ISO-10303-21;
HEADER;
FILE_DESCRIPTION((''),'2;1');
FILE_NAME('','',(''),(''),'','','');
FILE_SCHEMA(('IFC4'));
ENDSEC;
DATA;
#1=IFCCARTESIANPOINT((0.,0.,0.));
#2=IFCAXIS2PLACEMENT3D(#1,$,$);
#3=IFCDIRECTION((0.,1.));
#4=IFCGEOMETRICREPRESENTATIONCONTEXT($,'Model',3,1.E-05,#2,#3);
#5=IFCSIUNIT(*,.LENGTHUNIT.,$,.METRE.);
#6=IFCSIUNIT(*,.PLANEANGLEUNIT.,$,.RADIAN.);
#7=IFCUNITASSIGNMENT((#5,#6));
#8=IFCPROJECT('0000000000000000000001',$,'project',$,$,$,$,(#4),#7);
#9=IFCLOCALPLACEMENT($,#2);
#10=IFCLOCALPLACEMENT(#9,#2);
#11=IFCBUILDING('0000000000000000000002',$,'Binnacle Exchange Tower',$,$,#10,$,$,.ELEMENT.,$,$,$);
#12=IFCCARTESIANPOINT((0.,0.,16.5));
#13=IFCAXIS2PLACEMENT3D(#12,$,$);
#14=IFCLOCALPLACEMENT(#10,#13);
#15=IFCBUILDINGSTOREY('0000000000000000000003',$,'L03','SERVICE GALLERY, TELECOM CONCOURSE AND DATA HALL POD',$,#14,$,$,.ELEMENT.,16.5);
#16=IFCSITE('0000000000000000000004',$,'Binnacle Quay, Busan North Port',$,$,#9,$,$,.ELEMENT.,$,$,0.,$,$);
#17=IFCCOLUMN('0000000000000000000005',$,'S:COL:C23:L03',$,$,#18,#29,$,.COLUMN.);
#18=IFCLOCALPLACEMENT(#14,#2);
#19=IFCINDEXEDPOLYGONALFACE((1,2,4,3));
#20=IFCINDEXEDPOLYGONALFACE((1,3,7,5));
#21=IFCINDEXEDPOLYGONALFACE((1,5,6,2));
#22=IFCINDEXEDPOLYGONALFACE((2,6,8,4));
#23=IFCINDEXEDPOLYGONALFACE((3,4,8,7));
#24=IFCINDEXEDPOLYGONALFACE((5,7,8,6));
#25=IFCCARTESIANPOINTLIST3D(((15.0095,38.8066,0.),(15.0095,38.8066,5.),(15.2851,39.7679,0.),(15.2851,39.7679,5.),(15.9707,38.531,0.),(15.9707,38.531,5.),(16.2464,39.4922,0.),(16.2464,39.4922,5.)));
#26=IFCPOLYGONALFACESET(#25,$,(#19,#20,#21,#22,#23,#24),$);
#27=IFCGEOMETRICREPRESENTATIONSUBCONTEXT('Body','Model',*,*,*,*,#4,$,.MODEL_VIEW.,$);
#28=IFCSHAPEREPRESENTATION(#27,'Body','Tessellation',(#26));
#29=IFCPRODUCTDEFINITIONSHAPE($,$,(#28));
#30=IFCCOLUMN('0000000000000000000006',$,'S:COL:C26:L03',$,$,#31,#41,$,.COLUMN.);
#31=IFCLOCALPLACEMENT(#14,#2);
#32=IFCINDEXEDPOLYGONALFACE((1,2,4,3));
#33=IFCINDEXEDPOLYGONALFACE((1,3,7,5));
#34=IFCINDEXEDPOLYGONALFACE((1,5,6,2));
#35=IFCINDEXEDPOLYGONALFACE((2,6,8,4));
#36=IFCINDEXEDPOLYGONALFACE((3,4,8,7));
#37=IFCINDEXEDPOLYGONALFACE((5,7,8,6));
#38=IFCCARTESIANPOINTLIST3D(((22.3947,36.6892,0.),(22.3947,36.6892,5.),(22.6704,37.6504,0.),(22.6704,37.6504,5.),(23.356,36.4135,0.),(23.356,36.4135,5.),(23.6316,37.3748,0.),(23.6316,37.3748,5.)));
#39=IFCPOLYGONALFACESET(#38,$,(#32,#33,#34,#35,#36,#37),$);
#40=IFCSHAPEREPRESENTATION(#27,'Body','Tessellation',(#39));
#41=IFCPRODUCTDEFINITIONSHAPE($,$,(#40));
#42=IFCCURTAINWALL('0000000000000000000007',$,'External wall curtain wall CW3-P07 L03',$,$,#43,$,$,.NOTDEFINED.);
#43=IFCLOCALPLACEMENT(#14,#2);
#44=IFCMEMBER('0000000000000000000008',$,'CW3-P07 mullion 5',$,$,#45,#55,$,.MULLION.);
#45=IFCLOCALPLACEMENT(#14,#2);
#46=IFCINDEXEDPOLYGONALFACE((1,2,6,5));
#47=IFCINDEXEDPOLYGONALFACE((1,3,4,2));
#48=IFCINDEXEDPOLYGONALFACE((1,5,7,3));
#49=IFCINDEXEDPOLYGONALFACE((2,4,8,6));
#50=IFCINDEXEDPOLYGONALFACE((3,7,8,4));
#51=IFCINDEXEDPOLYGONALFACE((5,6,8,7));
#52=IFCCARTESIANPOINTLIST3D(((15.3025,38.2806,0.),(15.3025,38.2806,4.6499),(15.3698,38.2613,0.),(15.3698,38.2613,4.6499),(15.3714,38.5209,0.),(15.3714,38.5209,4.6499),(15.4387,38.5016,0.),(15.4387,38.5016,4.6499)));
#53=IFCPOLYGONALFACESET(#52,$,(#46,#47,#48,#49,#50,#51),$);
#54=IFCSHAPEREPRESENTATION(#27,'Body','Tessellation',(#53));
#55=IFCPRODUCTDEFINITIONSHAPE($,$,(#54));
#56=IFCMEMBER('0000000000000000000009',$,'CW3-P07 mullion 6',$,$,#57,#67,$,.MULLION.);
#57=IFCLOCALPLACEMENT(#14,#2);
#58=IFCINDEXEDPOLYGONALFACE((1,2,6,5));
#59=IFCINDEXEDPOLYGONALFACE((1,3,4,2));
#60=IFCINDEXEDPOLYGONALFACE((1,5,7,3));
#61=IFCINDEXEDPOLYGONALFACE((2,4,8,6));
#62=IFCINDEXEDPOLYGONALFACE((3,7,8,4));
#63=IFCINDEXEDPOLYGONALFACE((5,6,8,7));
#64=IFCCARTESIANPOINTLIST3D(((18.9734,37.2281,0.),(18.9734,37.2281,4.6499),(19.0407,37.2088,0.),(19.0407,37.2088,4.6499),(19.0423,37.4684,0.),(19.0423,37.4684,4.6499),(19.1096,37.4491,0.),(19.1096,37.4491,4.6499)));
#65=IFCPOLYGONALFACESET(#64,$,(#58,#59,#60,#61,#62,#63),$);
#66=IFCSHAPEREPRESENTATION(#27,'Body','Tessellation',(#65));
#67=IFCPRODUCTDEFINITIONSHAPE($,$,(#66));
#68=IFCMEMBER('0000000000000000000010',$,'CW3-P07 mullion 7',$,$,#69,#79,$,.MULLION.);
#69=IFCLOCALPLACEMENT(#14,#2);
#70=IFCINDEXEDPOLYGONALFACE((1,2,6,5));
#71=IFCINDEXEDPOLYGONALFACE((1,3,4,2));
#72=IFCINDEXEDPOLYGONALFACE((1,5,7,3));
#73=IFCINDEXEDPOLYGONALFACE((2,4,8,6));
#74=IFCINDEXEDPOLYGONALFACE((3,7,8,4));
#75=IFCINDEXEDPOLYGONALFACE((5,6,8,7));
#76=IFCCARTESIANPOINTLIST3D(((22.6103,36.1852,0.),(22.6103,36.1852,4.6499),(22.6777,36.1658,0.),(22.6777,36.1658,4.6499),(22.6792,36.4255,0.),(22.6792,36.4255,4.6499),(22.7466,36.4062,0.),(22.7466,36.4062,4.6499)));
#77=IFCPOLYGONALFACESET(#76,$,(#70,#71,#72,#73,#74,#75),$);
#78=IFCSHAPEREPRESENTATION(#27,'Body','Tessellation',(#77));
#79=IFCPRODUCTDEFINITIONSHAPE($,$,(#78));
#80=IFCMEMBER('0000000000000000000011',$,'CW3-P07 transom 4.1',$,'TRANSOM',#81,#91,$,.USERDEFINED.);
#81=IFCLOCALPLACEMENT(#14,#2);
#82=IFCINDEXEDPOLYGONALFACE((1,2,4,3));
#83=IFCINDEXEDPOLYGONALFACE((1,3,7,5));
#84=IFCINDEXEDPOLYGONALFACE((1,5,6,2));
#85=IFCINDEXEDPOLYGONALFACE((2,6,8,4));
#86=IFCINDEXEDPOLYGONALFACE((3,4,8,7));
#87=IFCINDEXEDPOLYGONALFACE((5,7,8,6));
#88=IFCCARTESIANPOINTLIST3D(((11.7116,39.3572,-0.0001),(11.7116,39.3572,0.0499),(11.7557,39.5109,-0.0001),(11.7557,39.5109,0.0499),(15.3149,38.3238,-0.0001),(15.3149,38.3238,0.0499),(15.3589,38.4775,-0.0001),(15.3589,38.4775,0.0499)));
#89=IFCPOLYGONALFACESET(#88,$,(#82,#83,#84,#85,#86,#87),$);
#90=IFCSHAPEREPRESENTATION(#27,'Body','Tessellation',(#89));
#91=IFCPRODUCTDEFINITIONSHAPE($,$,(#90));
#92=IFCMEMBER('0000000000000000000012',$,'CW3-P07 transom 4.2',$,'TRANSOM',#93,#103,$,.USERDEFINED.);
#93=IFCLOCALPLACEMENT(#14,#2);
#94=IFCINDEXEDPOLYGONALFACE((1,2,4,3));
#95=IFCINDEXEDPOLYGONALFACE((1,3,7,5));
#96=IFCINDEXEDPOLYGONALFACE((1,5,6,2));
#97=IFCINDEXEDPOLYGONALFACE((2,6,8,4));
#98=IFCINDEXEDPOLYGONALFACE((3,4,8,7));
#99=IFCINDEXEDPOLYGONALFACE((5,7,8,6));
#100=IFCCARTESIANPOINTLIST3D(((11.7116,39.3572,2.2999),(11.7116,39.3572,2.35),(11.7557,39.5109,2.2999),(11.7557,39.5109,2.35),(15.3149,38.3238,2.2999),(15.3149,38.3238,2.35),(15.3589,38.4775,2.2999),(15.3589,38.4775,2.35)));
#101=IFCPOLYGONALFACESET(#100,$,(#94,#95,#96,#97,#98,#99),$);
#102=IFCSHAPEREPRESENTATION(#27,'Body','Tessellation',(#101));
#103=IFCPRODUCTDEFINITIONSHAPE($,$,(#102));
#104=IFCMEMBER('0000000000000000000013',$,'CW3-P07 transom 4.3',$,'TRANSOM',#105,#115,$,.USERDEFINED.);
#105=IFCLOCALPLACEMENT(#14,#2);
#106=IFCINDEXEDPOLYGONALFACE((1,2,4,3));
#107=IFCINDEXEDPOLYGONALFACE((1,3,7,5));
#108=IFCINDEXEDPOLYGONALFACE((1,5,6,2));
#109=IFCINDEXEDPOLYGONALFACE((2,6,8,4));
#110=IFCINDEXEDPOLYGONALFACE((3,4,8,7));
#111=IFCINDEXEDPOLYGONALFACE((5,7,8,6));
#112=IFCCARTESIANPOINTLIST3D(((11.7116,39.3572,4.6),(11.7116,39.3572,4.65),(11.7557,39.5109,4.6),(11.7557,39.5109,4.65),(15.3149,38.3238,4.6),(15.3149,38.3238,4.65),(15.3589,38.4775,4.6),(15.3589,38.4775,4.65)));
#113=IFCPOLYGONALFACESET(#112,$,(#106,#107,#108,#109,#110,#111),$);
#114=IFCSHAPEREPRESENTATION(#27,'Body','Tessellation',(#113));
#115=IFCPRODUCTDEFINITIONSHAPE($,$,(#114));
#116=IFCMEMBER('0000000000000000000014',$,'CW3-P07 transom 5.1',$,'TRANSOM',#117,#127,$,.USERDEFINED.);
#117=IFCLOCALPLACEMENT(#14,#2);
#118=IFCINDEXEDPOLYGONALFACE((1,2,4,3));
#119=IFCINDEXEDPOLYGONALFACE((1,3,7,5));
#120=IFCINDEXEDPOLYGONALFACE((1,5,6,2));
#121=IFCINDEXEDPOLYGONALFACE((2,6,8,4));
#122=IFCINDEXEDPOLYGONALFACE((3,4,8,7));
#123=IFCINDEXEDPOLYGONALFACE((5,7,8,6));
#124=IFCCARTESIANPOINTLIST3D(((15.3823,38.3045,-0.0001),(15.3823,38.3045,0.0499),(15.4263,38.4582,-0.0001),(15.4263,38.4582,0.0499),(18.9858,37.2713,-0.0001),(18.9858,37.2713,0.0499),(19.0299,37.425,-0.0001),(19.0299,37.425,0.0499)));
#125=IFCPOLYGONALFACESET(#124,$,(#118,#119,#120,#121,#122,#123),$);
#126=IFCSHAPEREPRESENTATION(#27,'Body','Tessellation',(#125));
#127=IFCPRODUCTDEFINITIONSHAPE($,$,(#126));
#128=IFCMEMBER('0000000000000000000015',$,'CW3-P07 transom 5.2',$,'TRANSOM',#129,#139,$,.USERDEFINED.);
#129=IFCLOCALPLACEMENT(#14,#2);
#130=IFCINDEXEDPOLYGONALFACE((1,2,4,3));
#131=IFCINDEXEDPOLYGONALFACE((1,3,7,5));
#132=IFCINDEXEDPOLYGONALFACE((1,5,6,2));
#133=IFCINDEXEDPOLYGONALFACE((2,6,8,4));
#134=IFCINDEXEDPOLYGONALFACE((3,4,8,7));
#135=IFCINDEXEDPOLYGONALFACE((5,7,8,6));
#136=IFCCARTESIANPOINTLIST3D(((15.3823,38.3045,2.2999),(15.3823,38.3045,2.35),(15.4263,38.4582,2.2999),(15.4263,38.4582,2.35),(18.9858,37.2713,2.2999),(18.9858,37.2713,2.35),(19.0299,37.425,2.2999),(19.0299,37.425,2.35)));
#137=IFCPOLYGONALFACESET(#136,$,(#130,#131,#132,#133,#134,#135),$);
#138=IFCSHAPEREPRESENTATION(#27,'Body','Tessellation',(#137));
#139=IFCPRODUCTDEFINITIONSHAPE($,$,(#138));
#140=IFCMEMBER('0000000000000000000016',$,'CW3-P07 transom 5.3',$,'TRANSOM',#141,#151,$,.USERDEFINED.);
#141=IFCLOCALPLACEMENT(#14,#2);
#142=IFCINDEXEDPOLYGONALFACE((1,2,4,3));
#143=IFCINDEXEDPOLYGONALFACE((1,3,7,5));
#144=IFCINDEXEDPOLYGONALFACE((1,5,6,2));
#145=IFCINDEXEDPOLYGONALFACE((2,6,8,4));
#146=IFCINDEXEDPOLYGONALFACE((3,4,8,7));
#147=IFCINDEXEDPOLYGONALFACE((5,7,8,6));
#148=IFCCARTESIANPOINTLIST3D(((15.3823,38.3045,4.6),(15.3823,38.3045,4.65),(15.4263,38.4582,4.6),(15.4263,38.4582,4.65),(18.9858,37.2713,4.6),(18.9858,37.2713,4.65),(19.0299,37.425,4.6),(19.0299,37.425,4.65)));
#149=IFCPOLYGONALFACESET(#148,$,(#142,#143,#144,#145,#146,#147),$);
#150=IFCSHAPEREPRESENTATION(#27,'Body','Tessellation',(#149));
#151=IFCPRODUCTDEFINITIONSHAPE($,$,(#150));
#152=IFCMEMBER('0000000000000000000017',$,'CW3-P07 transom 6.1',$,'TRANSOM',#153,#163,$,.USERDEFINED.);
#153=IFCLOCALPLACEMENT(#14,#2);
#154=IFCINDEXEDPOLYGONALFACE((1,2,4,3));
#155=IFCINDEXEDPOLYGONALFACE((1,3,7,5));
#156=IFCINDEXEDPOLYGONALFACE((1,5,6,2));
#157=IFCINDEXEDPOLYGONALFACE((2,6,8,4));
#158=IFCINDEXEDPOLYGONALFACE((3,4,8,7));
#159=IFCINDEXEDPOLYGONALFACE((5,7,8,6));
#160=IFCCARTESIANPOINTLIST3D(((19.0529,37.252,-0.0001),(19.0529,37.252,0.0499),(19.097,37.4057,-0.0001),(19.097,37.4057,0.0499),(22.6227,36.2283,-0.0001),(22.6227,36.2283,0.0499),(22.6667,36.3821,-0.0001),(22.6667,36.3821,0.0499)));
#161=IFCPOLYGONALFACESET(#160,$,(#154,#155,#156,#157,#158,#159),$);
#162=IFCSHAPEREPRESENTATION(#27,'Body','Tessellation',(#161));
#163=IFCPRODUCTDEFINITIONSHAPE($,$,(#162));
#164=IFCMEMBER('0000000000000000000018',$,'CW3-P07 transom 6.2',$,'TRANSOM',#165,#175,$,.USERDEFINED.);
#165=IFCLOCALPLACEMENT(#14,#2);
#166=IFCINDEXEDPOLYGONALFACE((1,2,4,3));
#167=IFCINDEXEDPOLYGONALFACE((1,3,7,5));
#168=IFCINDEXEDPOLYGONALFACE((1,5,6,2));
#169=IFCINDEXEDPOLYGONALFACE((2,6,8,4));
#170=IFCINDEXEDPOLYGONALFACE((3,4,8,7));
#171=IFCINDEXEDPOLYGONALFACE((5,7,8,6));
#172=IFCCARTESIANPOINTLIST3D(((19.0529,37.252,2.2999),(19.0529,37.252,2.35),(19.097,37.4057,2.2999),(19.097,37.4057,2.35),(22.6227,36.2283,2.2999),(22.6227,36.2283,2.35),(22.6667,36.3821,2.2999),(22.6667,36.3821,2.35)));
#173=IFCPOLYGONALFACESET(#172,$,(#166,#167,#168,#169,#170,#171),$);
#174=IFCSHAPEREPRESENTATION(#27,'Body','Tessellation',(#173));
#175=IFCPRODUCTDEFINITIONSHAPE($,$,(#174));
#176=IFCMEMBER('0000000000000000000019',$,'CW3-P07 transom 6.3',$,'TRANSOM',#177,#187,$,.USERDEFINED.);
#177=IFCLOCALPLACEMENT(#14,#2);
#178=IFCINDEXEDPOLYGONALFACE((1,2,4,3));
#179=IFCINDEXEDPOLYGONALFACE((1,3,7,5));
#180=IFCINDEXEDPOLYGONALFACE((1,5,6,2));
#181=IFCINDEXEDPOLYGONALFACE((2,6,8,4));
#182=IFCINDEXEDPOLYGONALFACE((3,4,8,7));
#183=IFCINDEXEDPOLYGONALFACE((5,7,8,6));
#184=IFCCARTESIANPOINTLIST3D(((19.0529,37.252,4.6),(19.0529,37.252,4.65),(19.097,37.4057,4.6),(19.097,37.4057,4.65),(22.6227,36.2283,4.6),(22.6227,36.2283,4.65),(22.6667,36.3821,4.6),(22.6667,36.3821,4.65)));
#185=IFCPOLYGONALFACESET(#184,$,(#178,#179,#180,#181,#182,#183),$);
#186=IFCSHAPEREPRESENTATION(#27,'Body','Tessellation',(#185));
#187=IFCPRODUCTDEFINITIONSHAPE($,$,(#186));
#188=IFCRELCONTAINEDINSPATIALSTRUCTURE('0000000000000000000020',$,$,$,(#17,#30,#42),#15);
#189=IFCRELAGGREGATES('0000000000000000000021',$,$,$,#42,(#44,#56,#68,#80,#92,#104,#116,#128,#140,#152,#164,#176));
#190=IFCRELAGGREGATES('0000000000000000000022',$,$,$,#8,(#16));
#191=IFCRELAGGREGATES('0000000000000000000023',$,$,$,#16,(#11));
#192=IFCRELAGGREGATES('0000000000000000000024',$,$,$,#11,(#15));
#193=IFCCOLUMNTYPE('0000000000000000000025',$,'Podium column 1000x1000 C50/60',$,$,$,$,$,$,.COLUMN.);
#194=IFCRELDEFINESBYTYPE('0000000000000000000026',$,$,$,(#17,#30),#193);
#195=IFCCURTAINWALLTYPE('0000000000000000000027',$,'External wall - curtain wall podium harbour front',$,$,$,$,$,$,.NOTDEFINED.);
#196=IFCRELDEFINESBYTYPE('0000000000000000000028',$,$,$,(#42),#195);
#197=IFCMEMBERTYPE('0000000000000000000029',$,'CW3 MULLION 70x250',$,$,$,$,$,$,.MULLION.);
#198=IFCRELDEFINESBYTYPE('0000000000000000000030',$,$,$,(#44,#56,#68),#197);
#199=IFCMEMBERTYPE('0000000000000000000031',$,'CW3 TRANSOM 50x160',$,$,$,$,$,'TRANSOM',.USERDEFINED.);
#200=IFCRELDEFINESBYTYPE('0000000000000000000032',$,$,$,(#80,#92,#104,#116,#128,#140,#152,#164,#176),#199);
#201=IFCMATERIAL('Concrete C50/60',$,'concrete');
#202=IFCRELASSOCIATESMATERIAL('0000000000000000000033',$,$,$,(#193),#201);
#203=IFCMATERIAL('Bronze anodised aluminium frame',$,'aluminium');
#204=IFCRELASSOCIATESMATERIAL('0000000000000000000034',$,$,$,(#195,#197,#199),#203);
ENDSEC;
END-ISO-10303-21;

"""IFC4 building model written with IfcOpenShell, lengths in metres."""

from ifc_helpers import new_model, si_unit, direction, frame, origin, origin_2d, place, context, subcontext, project, spatial, rectangle, extrude, material, material_profile, profile_set, type_object, element, aggregate, save


model = new_model("IFC4")

# Units and contexts
model_context = context("Model", 3, precision=1e-05, world=origin(), true_north=direction((0.0, 1.0)))
body_context = subcontext(model_context, "Body", "Model", "MODEL_VIEW")
ifc_project = project(units=[si_unit("LENGTHUNIT", "METRE"), si_unit("PLANEANGLEUNIT", "RADIAN")], contexts=[model_context])

# Site, building, storey
site_placement = place(None, origin())
site = spatial("IfcSite", under=ifc_project, at=site_placement, Name="Binnacle Quay, Busan North Port", CompositionType="ELEMENT", RefElevation=0.0)
building_placement = place(site_placement, origin())
building = spatial("IfcBuilding", under=site, at=building_placement, Name="Binnacle Exchange Tower", CompositionType="ELEMENT")
storey_placement = place(building_placement, frame((0.0, 0.0, 16.5)))
storey = spatial("IfcBuildingStorey", under=building, at=storey_placement, Name="L03", Description="SERVICE GALLERY, TELECOM CONCOURSE AND DATA HALL POD", CompositionType="ELEMENT", Elevation=16.5)

# Columns
ifc_material_1 = material(Name="Concrete C50/60", Category="concrete")
ifc_material_profile_1 = material_profile(ifc_material_1, rectangle(XDim=1.0, YDim=1.0, at=origin_2d()), Name="Podium column 1000x1000 C50/60")
ifc_profile_set_1 = profile_set([ifc_material_profile_1], Name="Concrete C50/60")
column_type = type_object("IfcColumnType", Name="Podium column 1000x1000 C50/60", PredefinedType="COLUMN", material=ifc_profile_set_1)
for number, where, z_axis, x_axis, name in (
    (1, (15.6279, 39.1494, 0.0), (0.0, 0.0, 1.0), (0.961262, -0.275637, 0.0), "S:COL:C23:L03"),
    (2, (23.0132, 37.032, 0.0), (0.0, 0.0, 1.0), (0.961262, -0.275637, 0.0), "S:COL:C26:L03"),
):
    element("IfcColumn", number, at=place(storey_placement, frame(where, z_axis=z_axis, x_axis=x_axis)), inside=storey, type_object=column_type, Name=name, PredefinedType="COLUMN", context=body_context, shape_type="SweptSolid", body=[
        extrude(rectangle(XDim=1.0, YDim=1.0, at=origin_2d()), origin(), (0.0, 0.0, 1.0), 5.0),
    ])

# Curtain wall, members
ifc_material_2 = material(Name="Bronze anodised aluminium frame", Category="aluminium")
curtain_wall_type = type_object("IfcCurtainWallType", Name="External wall - curtain wall podium harbour front", PredefinedType="NOTDEFINED", material=ifc_material_2)
curtain_wall_placement = place(storey_placement, origin())
curtain_wall = element("IfcCurtainWall", 3, at=curtain_wall_placement, inside=storey, type_object=curtain_wall_type, Name="External wall curtain wall CW3-P07 L03", PredefinedType="NOTDEFINED")
ifc_material_profile_2 = material_profile(ifc_material_2, rectangle(XDim=0.25, YDim=0.0701, at=origin_2d()), Name="AL 70x250")
ifc_profile_set_2 = profile_set([ifc_material_profile_2], Name="Bronze anodised aluminium frame")
member_type_1 = type_object("IfcMemberType", Name="CW3 MULLION 70x250", PredefinedType="MULLION", material=ifc_profile_set_2)
member_1_placement = place(storey_placement, frame((15.3706, 38.3911, 0.0), z_axis=(0.0, 0.0, 1.0), x_axis=(0.275637, 0.961262, 0.0)))
member_1 = element("IfcMember", 4, at=member_1_placement, type_object=member_type_1, Name="CW3-P07 mullion 5", PredefinedType="MULLION", context=body_context, shape_type="SweptSolid", body=[
    extrude(rectangle(XDim=0.25, YDim=0.0701, at=origin_2d()), origin(), (0.0, 0.0, 1.0), 4.6499),
])
member_2_placement = place(storey_placement, frame((19.0415, 37.3386, 0.0), z_axis=(0.0, 0.0, 1.0), x_axis=(0.275637, 0.961262, 0.0)))
member_2 = element("IfcMember", 5, at=member_2_placement, type_object=member_type_1, Name="CW3-P07 mullion 6", PredefinedType="MULLION", context=body_context, shape_type="SweptSolid", body=[
    extrude(rectangle(XDim=0.25, YDim=0.0701, at=origin_2d()), origin(), (0.0, 0.0, 1.0), 4.6499),
])
member_3_placement = place(storey_placement, frame((22.6785, 36.2957, 0.0), z_axis=(0.0, 0.0, 1.0), x_axis=(0.275637, 0.961262, 0.0)))
member_3 = element("IfcMember", 6, at=member_3_placement, type_object=member_type_1, Name="CW3-P07 mullion 7", PredefinedType="MULLION", context=body_context, shape_type="SweptSolid", body=[
    extrude(rectangle(XDim=0.25, YDim=0.0701, at=origin_2d()), origin(), (0.0, 0.0, 1.0), 4.6499),
])
ifc_material_profile_3 = material_profile(ifc_material_2, rectangle(XDim=0.1599, YDim=0.05, at=origin_2d()), Name="AL 160x50")
ifc_profile_set_3 = profile_set([ifc_material_profile_3], Name="Bronze anodised aluminium frame")
member_type_2 = type_object("IfcMemberType", Name="CW3 TRANSOM 50x160", ElementType="TRANSOM", PredefinedType="USERDEFINED", material=ifc_profile_set_3)
member_4_placement = place(storey_placement, frame((11.7336, 39.4341, 0.0249), z_axis=(0.961246, -0.275693, 0.0), x_axis=(0.275693, 0.961246, 0.0)))
member_4 = element("IfcMember", 7, at=member_4_placement, type_object=member_type_2, Name="CW3-P07 transom 4.1", ObjectType="TRANSOM", PredefinedType="USERDEFINED", context=body_context, shape_type="SweptSolid", body=[
    extrude(rectangle(XDim=0.1599, YDim=0.05, at=origin_2d()), origin(), (0.0, 0.0, 1.0), 3.7485),
])
member_5_placement = place(storey_placement, frame((11.7336, 39.4341, 2.325), z_axis=(0.961246, -0.275693, 0.0), x_axis=(0.275693, 0.961246, 0.0)))
member_5 = element("IfcMember", 8, at=member_5_placement, type_object=member_type_2, Name="CW3-P07 transom 4.2", ObjectType="TRANSOM", PredefinedType="USERDEFINED", context=body_context, shape_type="SweptSolid", body=[
    extrude(rectangle(XDim=0.1599, YDim=0.05, at=origin_2d()), origin(), (0.0, 0.0, 1.0), 3.7485),
])
member_6_placement = place(storey_placement, frame((11.7336, 39.4341, 4.625), z_axis=(0.961246, -0.275693, 0.0), x_axis=(0.275693, 0.961246, 0.0)))
member_6 = element("IfcMember", 9, at=member_6_placement, type_object=member_type_2, Name="CW3-P07 transom 4.3", ObjectType="TRANSOM", PredefinedType="USERDEFINED", context=body_context, shape_type="SweptSolid", body=[
    extrude(rectangle(XDim=0.1599, YDim=0.05, at=origin_2d()), origin(), (0.0, 0.0, 1.0), 3.7485),
])
member_7_placement = place(storey_placement, frame((15.4043, 38.3813, 0.0249), z_axis=(0.961268, -0.275616, 0.0), x_axis=(0.275616, 0.961268, 0.0)))
member_7 = element("IfcMember", 10, at=member_7_placement, type_object=member_type_2, Name="CW3-P07 transom 5.1", ObjectType="TRANSOM", PredefinedType="USERDEFINED", context=body_context, shape_type="SweptSolid", body=[
    extrude(rectangle(XDim=0.1599, YDim=0.05, at=origin_2d()), origin(), (0.0, 0.0, 1.0), 3.7488),
])
member_8_placement = place(storey_placement, frame((15.4043, 38.3813, 2.325), z_axis=(0.961268, -0.275616, 0.0), x_axis=(0.275616, 0.961268, 0.0)))
member_8 = element("IfcMember", 11, at=member_8_placement, type_object=member_type_2, Name="CW3-P07 transom 5.2", ObjectType="TRANSOM", PredefinedType="USERDEFINED", context=body_context, shape_type="SweptSolid", body=[
    extrude(rectangle(XDim=0.1599, YDim=0.05, at=origin_2d()), origin(), (0.0, 0.0, 1.0), 3.7488),
])
member_9_placement = place(storey_placement, frame((15.4043, 38.3813, 4.625), z_axis=(0.961268, -0.275616, 0.0), x_axis=(0.275616, 0.961268, 0.0)))
member_9 = element("IfcMember", 12, at=member_9_placement, type_object=member_type_2, Name="CW3-P07 transom 5.3", ObjectType="TRANSOM", PredefinedType="USERDEFINED", context=body_context, shape_type="SweptSolid", body=[
    extrude(rectangle(XDim=0.1599, YDim=0.05, at=origin_2d()), origin(), (0.0, 0.0, 1.0), 3.7488),
])
member_10_placement = place(storey_placement, frame((19.075, 37.3289, 0.0249), z_axis=(0.961258, -0.27565, 0.0), x_axis=(0.27565, 0.961258, 0.0)))
member_10 = element("IfcMember", 13, at=member_10_placement, type_object=member_type_2, Name="CW3-P07 transom 6.1", ObjectType="TRANSOM", PredefinedType="USERDEFINED", context=body_context, shape_type="SweptSolid", body=[
    extrude(rectangle(XDim=0.1599, YDim=0.05, at=origin_2d()), origin(), (0.0, 0.0, 1.0), 3.7136),
])
member_11_placement = place(storey_placement, frame((19.075, 37.3289, 2.325), z_axis=(0.961258, -0.27565, 0.0), x_axis=(0.27565, 0.961258, 0.0)))
member_11 = element("IfcMember", 14, at=member_11_placement, type_object=member_type_2, Name="CW3-P07 transom 6.2", ObjectType="TRANSOM", PredefinedType="USERDEFINED", context=body_context, shape_type="SweptSolid", body=[
    extrude(rectangle(XDim=0.1599, YDim=0.05, at=origin_2d()), origin(), (0.0, 0.0, 1.0), 3.7136),
])
member_12_placement = place(storey_placement, frame((19.075, 37.3289, 4.625), z_axis=(0.961258, -0.27565, 0.0), x_axis=(0.27565, 0.961258, 0.0)))
member_12 = element("IfcMember", 15, at=member_12_placement, type_object=member_type_2, Name="CW3-P07 transom 6.3", ObjectType="TRANSOM", PredefinedType="USERDEFINED", context=body_context, shape_type="SweptSolid", body=[
    extrude(rectangle(XDim=0.1599, YDim=0.05, at=origin_2d()), origin(), (0.0, 0.0, 1.0), 3.7136),
])

aggregate(curtain_wall, [member_1, member_2, member_3, member_4, member_5, member_6, member_7, member_8, member_9, member_10, member_11, member_12])

save(model, "model.ifc")
